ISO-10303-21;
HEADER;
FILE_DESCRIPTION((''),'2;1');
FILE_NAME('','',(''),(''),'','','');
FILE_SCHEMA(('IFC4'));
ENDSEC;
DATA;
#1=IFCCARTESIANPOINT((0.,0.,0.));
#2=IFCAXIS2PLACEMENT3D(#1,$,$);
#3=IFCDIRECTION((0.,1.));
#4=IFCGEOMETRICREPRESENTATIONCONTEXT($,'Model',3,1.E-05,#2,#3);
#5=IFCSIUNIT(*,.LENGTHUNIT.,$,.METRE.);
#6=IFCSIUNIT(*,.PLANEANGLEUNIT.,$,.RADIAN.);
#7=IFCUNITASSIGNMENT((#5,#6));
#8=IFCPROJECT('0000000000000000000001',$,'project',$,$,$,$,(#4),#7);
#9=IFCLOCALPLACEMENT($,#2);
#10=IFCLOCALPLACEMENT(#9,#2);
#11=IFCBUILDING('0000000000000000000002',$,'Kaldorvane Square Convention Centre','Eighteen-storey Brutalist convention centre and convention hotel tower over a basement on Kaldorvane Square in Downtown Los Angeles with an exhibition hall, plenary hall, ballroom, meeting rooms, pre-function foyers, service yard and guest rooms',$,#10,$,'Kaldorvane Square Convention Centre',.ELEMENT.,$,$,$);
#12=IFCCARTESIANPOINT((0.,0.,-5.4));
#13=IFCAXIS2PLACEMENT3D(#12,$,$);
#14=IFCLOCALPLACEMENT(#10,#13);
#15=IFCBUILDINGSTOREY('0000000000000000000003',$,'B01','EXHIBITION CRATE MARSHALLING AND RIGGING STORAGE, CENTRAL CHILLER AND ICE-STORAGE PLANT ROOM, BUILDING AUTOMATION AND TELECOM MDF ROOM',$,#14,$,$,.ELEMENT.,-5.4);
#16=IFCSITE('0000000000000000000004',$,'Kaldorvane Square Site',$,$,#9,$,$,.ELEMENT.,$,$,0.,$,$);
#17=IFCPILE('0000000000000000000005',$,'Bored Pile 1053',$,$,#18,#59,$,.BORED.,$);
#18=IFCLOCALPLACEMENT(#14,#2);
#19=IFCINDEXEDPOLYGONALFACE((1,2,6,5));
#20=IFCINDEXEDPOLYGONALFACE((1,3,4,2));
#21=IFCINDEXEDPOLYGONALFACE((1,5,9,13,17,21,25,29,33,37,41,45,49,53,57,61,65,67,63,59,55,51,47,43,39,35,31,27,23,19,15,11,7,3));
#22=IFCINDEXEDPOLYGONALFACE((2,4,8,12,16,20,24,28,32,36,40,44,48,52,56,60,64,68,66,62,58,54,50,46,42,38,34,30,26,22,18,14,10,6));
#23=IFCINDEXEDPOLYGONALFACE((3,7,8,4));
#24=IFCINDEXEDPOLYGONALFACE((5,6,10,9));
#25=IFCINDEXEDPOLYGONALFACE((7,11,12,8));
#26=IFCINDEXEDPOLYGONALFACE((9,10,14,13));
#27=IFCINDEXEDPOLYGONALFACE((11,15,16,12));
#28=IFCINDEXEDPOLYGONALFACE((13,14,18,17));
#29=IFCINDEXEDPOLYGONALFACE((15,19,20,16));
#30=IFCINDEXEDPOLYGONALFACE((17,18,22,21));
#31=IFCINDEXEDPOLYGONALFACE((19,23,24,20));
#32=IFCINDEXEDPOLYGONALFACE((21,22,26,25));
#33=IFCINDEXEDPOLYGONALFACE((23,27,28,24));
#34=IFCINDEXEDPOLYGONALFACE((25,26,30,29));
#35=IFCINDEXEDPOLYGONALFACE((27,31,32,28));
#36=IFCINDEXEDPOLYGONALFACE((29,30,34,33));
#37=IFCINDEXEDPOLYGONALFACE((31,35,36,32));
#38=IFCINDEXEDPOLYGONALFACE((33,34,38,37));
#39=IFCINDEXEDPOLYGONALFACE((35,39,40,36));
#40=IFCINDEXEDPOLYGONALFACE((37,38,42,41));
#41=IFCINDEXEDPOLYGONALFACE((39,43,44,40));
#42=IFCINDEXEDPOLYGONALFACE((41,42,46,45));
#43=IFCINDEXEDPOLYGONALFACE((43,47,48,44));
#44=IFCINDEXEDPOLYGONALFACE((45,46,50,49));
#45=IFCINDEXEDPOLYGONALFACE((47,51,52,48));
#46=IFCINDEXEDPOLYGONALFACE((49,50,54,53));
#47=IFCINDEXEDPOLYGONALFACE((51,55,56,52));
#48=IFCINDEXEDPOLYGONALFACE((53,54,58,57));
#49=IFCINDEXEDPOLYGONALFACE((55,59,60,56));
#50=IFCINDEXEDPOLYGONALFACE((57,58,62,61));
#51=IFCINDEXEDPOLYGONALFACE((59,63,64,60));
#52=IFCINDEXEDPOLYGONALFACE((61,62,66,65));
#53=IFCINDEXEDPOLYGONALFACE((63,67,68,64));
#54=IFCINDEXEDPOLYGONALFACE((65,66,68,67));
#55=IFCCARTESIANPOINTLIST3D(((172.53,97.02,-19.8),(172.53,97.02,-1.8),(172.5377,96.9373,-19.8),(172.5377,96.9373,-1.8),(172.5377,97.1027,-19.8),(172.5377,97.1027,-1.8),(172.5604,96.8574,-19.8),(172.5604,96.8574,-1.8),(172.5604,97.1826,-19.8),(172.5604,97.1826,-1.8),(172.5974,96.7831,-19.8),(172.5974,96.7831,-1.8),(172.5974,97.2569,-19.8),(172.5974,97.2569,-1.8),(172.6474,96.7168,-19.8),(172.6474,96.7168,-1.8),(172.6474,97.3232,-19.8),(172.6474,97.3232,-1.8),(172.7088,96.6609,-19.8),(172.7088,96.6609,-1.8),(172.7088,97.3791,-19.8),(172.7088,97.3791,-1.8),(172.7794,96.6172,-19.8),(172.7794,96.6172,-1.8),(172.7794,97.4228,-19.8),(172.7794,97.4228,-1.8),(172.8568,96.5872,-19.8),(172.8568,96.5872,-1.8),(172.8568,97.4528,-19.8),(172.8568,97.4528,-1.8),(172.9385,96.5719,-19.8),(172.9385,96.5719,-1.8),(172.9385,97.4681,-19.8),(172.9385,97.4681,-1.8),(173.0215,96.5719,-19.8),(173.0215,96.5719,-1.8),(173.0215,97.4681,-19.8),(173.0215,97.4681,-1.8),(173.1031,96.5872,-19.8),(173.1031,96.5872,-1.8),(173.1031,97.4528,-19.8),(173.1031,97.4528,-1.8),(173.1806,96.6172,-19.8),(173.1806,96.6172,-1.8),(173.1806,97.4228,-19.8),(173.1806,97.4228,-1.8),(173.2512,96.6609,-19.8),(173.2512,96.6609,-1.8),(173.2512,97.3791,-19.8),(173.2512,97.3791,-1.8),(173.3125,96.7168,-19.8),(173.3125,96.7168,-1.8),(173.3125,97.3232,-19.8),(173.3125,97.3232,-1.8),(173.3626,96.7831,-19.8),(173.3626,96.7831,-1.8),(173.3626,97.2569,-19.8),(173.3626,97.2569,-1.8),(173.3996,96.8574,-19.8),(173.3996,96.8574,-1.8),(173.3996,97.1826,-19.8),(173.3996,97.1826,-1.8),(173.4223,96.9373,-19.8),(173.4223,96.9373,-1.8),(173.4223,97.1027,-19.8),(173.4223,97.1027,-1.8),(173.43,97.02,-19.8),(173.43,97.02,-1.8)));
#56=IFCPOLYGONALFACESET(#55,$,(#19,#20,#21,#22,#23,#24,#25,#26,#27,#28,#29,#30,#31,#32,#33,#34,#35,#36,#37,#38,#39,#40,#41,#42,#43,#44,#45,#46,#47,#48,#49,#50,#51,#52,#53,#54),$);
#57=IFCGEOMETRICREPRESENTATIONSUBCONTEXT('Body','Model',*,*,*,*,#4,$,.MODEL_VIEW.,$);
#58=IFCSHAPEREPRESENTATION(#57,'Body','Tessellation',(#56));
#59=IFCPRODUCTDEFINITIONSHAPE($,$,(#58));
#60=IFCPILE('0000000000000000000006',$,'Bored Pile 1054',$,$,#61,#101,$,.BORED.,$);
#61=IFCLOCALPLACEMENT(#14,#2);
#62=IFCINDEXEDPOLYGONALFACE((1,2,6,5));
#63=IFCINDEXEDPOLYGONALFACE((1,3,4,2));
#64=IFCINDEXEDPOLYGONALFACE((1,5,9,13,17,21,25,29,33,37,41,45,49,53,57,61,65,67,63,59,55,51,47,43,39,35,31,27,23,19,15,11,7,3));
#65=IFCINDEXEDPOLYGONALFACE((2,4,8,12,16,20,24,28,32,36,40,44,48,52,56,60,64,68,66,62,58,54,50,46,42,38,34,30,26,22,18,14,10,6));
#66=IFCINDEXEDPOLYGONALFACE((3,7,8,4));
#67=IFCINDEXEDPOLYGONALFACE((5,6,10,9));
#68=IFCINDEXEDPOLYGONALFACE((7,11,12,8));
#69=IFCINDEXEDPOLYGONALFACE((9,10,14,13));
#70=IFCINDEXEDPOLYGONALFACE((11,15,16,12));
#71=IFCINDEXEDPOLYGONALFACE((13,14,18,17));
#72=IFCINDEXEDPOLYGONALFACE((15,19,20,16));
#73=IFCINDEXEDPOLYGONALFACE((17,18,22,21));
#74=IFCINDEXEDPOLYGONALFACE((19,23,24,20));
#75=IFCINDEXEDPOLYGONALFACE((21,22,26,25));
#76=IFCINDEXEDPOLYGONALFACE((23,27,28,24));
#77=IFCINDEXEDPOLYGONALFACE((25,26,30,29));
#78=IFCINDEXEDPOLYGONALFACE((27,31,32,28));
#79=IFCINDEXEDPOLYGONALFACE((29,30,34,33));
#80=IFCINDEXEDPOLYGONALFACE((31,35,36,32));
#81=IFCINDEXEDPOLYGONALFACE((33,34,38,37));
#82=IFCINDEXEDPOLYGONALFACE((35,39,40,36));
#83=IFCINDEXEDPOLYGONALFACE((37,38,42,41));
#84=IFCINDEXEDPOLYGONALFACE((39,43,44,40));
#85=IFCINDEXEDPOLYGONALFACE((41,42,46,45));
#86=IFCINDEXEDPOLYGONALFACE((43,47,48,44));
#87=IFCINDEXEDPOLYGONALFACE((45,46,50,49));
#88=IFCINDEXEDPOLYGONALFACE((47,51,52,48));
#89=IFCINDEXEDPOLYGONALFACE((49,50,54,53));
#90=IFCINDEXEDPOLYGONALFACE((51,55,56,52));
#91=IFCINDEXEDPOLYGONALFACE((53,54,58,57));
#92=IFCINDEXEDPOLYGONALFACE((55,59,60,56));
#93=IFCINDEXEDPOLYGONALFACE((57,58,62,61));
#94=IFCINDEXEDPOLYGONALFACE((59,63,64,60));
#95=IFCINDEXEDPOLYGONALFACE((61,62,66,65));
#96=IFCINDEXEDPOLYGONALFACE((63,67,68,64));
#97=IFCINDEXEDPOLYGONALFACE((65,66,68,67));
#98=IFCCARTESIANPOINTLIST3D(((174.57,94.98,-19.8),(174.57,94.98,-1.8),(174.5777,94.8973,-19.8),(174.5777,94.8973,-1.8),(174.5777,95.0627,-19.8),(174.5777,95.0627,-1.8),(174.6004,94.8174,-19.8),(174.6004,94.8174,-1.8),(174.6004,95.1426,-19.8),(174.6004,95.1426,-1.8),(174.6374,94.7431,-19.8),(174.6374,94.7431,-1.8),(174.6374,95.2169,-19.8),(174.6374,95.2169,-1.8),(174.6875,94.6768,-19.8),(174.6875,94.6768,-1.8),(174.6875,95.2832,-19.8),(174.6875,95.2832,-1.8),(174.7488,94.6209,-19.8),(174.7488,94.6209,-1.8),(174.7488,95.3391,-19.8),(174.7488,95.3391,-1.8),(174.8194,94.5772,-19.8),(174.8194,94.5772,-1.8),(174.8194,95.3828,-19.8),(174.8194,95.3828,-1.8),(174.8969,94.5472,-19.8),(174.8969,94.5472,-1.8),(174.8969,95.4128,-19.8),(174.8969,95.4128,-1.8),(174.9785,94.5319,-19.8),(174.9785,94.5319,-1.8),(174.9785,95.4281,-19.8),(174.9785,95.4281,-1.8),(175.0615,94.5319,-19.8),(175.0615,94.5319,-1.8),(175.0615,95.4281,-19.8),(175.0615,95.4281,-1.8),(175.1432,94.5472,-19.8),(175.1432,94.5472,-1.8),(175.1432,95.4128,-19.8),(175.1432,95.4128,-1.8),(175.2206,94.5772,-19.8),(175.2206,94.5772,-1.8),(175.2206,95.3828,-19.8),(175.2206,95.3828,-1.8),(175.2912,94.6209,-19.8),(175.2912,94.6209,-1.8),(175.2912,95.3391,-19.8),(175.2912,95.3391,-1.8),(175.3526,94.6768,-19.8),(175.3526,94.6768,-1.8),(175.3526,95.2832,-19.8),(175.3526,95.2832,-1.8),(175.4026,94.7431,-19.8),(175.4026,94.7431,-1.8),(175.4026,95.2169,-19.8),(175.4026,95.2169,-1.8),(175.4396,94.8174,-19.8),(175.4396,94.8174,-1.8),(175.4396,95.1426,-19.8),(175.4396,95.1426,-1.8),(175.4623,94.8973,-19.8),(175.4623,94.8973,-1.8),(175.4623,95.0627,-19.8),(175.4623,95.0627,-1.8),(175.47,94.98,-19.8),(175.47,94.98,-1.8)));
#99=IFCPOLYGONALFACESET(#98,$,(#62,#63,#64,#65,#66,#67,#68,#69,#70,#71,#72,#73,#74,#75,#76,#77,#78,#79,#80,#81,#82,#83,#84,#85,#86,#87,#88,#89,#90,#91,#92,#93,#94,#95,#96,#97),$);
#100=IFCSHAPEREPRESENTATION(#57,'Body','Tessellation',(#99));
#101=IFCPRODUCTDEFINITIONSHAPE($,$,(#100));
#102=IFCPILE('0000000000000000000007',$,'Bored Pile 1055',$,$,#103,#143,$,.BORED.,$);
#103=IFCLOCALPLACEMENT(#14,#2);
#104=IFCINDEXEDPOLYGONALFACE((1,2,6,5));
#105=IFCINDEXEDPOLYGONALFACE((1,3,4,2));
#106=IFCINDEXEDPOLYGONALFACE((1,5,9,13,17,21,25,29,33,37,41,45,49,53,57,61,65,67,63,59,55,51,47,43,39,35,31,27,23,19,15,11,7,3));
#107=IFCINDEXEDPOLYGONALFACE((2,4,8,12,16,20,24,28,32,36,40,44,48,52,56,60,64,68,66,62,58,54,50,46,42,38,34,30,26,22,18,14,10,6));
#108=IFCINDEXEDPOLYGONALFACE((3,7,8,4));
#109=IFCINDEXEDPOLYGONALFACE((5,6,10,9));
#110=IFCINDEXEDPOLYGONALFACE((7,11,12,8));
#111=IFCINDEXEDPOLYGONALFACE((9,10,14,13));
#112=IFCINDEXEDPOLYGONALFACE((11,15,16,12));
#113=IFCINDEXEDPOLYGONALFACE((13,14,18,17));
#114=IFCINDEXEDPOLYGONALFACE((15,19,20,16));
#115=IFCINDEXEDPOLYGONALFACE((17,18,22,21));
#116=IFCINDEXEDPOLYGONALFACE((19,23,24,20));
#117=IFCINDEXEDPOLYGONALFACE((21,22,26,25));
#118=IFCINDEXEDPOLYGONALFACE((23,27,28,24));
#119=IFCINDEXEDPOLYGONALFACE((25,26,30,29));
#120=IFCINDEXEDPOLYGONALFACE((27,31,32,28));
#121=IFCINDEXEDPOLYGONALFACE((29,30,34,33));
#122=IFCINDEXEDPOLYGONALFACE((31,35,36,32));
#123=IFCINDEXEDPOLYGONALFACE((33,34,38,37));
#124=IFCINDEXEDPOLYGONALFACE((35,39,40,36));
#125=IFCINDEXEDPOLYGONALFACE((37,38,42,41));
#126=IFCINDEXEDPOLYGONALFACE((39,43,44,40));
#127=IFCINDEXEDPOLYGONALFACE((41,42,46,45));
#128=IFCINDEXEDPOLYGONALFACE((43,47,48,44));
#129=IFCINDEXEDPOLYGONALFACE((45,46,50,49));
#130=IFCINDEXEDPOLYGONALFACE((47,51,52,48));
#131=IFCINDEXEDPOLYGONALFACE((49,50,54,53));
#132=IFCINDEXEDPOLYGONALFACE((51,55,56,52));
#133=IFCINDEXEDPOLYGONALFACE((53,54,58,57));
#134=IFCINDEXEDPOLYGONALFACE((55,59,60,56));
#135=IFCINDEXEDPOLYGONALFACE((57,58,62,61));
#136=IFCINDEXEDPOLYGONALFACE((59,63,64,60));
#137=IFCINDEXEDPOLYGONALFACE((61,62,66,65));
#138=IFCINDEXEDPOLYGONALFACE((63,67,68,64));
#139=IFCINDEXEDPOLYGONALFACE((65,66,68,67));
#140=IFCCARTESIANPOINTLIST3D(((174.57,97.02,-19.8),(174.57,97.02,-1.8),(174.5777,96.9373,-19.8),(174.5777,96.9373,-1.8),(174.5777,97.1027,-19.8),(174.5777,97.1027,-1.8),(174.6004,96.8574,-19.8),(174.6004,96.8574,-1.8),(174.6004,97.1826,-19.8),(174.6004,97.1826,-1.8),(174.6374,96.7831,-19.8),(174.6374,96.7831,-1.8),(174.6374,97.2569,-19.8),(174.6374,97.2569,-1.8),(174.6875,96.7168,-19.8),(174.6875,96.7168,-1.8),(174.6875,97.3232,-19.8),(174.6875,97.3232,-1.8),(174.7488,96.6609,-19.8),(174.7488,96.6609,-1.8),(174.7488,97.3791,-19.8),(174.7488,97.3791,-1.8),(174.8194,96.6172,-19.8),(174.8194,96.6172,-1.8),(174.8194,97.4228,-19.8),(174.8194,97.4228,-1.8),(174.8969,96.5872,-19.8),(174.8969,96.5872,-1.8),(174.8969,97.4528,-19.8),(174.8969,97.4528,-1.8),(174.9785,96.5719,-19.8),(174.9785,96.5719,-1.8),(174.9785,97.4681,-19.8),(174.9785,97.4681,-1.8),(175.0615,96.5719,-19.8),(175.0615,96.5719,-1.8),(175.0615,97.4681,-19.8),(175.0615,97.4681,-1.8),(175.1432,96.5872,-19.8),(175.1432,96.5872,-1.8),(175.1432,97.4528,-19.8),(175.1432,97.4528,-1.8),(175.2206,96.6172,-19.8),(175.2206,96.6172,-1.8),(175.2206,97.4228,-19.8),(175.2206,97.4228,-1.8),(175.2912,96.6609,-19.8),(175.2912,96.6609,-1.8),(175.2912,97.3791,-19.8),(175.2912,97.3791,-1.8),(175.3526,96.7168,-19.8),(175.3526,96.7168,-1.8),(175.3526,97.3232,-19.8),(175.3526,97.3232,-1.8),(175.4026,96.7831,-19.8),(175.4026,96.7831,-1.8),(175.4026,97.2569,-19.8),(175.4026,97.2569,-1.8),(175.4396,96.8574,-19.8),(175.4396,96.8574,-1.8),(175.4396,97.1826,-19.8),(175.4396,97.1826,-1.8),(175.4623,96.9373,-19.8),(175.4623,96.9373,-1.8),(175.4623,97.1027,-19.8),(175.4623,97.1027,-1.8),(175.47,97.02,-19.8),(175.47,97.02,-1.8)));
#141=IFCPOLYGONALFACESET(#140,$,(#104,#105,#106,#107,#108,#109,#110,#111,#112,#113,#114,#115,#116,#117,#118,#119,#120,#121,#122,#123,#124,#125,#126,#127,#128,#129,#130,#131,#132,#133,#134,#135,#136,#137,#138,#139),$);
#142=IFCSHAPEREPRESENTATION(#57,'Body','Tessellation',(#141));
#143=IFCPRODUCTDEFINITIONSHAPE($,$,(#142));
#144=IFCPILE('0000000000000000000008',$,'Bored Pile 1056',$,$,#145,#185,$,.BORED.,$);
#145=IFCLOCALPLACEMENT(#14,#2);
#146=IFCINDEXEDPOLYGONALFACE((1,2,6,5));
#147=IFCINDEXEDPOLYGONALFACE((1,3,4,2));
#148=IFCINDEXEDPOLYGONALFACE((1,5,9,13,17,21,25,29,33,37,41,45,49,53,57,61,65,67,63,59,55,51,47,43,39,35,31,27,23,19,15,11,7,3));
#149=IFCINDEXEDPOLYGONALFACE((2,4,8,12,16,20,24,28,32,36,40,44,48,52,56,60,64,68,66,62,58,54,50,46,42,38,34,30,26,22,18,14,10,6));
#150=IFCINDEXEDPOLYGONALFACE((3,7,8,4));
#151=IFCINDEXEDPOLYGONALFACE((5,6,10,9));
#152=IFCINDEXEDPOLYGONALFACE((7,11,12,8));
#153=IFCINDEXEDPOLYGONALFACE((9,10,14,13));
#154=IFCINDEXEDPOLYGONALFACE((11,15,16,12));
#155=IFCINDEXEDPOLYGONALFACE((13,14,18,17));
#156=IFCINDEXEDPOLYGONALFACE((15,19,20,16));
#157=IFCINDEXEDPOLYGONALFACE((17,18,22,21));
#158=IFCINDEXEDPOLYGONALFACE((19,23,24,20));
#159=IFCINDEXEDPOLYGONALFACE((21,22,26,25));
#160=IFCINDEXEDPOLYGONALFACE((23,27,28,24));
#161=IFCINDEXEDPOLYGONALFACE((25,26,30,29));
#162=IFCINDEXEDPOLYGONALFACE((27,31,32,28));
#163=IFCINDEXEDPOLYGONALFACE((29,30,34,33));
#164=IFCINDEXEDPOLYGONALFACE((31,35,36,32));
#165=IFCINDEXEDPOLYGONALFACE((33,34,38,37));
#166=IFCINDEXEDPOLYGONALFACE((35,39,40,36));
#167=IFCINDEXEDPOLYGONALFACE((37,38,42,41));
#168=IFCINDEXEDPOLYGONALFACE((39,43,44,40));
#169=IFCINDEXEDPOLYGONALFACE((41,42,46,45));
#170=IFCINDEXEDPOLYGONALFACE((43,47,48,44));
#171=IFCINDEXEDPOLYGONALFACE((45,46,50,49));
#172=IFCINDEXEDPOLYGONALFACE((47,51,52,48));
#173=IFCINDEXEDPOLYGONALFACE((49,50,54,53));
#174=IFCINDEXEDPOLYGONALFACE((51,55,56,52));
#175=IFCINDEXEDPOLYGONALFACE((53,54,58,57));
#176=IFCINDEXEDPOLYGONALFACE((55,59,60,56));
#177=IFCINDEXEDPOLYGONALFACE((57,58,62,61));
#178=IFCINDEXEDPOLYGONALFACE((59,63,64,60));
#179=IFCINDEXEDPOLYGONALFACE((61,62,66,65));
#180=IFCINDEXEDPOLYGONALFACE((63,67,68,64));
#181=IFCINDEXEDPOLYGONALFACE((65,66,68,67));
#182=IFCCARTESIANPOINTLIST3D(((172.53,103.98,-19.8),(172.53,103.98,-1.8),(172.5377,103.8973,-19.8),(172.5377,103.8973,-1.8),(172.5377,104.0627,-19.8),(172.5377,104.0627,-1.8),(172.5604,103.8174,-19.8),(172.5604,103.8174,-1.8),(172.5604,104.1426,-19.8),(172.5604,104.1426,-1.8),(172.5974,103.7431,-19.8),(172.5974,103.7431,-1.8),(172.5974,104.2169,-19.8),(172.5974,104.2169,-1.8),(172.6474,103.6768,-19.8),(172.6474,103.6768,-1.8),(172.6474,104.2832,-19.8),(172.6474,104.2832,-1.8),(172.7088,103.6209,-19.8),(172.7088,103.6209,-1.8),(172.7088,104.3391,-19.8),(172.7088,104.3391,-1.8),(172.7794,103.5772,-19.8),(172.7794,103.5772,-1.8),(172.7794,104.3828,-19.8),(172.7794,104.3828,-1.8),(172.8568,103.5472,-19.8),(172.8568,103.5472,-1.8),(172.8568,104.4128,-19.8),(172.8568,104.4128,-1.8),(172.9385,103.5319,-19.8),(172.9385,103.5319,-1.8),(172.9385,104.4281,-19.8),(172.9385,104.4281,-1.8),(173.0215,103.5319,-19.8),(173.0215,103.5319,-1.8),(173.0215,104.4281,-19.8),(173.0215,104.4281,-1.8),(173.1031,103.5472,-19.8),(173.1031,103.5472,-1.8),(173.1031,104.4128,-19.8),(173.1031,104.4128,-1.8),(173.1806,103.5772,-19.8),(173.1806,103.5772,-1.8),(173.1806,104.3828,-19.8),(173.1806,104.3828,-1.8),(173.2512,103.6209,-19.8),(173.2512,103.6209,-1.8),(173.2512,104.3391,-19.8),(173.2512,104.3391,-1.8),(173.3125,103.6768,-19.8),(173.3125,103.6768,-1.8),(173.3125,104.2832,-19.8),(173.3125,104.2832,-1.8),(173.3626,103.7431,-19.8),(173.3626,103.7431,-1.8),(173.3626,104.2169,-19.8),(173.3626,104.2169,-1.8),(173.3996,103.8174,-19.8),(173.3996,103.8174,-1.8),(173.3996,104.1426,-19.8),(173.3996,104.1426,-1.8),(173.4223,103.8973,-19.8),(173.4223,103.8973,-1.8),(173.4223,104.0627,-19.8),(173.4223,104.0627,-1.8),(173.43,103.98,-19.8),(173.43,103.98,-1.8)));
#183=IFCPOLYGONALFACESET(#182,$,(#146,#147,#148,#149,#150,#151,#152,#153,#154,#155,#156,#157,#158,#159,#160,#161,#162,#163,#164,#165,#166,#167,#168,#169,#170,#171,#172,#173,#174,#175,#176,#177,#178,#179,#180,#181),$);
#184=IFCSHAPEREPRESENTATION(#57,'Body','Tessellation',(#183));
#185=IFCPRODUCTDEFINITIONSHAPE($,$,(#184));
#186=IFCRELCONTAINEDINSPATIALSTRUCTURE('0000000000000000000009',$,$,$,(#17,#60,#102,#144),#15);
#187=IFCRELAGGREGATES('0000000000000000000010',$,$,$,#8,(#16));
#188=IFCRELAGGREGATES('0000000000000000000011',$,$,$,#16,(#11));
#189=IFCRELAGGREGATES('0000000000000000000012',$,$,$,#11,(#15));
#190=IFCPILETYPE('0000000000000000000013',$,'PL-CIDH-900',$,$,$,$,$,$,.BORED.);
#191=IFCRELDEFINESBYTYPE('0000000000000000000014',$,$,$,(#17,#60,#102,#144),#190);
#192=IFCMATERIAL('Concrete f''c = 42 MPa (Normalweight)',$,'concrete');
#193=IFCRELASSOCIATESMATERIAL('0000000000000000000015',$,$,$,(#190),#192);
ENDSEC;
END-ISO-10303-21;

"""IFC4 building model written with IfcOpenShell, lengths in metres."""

from ifc_helpers import new_model, si_unit, direction, frame, origin, origin_2d, place, context, subcontext, project, spatial, circle, extrude, material, material_profile, profile_set, type_object, element, save


model = new_model("IFC4")

# Units and contexts
model_context = context("Model", 3, precision=1e-05, world=origin(), true_north=direction((0.0, 1.0)))
body_context = subcontext(model_context, "Body", "Model", "MODEL_VIEW")
ifc_project = project(units=[si_unit("LENGTHUNIT", "METRE"), si_unit("PLANEANGLEUNIT", "RADIAN")], contexts=[model_context])

# Site, building, storey
site_placement = place(None, origin())
site = spatial("IfcSite", under=ifc_project, at=site_placement, Name="Kaldorvane Square Site", CompositionType="ELEMENT", RefElevation=0.0)
building_placement = place(site_placement, origin())
building = spatial("IfcBuilding", under=site, at=building_placement, Name="Kaldorvane Square Convention Centre", Description="Eighteen-storey Brutalist convention centre and convention hotel tower over a basement on Kaldorvane Square in Downtown Los Angeles with an exhibition hall, plenary hall, ballroom, meeting rooms, pre-function foyers, service yard and guest rooms", LongName="Kaldorvane Square Convention Centre", CompositionType="ELEMENT")
storey_placement = place(building_placement, frame((0.0, 0.0, -5.4)))
storey = spatial("IfcBuildingStorey", under=building, at=storey_placement, Name="B01", Description="EXHIBITION CRATE MARSHALLING AND RIGGING STORAGE, CENTRAL CHILLER AND ICE-STORAGE PLANT ROOM, BUILDING AUTOMATION AND TELECOM MDF ROOM", CompositionType="ELEMENT", Elevation=-5.4)

# Shared definitions
ifc_material_1 = material(Name="Concrete f'c = 42 MPa (Normalweight)", Category="concrete")

# Piles
ifc_material_profile_1 = material_profile(ifc_material_1, circle(Radius=0.45, at=origin_2d()), Name="PILE-D900")
ifc_profile_set_1 = profile_set([ifc_material_profile_1], Name="Concrete f'c = 42 MPa (Normalweight)")
pile_type = type_object("IfcPileType", Name="PL-CIDH-900", PredefinedType="BORED", material=ifc_profile_set_1)
for number, where, z_axis, x_axis, name in (
    (1, (172.98, 97.02, -1.8), (0.0, 0.0, -1.0), (1.0, 0.0, 0.0), "Bored Pile 1053"),
    (2, (175.02, 94.98, -1.8), (0.0, 0.0, -1.0), (1.0, 0.0, 0.0), "Bored Pile 1054"),
    (3, (175.02, 97.02, -1.8), (0.0, 0.0, -1.0), (1.0, 0.0, 0.0), "Bored Pile 1055"),
    (4, (172.98, 103.98, -1.8), (0.0, 0.0, -1.0), (1.0, 0.0, 0.0), "Bored Pile 1056"),
):
    element("IfcPile", number, at=place(storey_placement, frame(where, z_axis=z_axis, x_axis=x_axis)), inside=storey, type_object=pile_type, Name=name, PredefinedType="BORED", context=body_context, shape_type="SweptSolid", body=[
        extrude(circle(Radius=0.45, at=origin_2d()), origin(), (0.0, 0.0, 1.0), 18.0),
    ])

save(model, "model.ifc")
